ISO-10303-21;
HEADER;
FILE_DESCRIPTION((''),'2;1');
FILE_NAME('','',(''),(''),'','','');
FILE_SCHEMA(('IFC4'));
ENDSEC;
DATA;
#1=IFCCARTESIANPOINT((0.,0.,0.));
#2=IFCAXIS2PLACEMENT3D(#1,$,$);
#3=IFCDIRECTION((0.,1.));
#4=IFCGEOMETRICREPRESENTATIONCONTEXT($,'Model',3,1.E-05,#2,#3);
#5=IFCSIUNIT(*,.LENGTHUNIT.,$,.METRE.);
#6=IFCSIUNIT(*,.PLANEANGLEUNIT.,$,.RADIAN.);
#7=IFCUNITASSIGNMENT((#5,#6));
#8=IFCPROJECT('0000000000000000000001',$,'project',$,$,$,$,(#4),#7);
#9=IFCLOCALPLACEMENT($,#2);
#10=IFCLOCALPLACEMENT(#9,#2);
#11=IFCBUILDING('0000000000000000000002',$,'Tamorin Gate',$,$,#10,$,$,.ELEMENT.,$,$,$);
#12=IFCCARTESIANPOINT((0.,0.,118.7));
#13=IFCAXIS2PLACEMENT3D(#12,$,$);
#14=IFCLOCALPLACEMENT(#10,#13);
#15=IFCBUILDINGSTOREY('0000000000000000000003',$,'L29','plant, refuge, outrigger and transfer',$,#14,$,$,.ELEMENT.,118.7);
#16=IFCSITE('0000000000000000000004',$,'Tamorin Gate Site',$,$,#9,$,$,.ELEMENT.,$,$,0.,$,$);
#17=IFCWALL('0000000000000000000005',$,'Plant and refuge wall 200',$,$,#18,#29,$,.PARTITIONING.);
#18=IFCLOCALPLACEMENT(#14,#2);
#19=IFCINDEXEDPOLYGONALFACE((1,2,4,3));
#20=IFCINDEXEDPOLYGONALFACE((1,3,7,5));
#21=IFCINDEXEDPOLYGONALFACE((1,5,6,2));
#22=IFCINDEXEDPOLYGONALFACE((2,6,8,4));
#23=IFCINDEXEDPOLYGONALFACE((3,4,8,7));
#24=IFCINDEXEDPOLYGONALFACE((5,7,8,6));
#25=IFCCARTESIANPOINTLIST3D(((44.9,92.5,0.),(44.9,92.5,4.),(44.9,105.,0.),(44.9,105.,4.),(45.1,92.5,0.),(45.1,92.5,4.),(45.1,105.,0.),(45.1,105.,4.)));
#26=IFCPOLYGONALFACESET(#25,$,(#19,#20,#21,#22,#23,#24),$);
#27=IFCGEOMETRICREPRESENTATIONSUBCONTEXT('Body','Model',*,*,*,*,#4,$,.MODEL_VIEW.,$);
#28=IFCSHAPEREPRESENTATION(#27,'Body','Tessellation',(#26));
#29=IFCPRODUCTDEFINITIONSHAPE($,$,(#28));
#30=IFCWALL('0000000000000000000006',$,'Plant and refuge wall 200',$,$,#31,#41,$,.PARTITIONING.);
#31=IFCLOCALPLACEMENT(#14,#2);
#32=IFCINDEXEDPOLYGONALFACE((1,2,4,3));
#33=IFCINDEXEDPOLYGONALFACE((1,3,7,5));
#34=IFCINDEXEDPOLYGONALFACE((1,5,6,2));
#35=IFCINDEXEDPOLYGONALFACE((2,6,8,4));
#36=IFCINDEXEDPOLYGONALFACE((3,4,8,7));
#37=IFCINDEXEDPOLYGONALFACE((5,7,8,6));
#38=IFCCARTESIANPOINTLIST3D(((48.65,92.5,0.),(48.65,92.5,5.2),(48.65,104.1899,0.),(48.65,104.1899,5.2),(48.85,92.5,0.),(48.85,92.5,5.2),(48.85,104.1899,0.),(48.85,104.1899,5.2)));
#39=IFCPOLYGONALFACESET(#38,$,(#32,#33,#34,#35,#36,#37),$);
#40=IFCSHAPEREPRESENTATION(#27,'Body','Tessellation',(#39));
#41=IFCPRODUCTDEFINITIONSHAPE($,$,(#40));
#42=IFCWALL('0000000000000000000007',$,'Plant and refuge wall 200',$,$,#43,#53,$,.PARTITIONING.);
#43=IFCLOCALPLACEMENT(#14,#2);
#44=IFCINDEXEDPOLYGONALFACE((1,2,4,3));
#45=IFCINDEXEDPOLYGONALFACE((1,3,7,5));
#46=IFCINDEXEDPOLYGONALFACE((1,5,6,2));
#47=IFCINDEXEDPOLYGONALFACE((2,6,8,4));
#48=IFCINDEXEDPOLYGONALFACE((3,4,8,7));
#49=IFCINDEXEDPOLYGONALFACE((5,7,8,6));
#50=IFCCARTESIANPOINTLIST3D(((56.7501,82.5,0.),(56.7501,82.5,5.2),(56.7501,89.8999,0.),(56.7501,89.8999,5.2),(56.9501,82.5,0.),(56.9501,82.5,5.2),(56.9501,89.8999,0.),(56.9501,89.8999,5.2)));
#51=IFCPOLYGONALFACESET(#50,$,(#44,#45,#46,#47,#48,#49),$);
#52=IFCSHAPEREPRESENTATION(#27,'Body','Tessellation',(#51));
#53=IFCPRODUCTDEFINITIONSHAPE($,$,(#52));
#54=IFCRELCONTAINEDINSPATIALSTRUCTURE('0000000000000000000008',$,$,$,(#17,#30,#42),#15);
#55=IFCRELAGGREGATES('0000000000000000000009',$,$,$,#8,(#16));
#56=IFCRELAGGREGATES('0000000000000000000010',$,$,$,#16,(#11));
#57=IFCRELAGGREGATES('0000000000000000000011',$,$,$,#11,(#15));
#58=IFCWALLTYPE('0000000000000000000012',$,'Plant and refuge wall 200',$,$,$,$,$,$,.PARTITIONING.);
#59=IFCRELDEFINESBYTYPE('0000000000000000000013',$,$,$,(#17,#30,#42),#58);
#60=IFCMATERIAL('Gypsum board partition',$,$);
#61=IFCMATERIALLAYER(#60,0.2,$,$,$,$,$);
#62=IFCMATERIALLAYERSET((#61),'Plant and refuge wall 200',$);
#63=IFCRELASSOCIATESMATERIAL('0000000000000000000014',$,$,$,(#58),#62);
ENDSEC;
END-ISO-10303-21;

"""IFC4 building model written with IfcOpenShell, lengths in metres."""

from ifc_helpers import new_model, si_unit, direction, frame, frame_2d, origin, place, context, subcontext, project, spatial, rectangle, extrude, material, layer, layer_set, type_object, element, save


model = new_model("IFC4")

# Units and contexts
model_context = context("Model", 3, precision=1e-05, world=origin(), true_north=direction((0.0, 1.0)))
body_context = subcontext(model_context, "Body", "Model", "MODEL_VIEW")
ifc_project = project(units=[si_unit("LENGTHUNIT", "METRE"), si_unit("PLANEANGLEUNIT", "RADIAN")], contexts=[model_context])

# Site, building, storey
site_placement = place(None, origin())
site = spatial("IfcSite", under=ifc_project, at=site_placement, Name="Tamorin Gate Site", CompositionType="ELEMENT", RefElevation=0.0)
building_placement = place(site_placement, origin())
building = spatial("IfcBuilding", under=site, at=building_placement, Name="Tamorin Gate", CompositionType="ELEMENT")
storey_placement = place(building_placement, frame((0.0, 0.0, 118.7)))
storey = spatial("IfcBuildingStorey", under=building, at=storey_placement, Name="L29", Description="plant, refuge, outrigger and transfer", CompositionType="ELEMENT", Elevation=118.7)

# Walls
ifc_material_1 = material(Name="Gypsum board partition")
ifc_layer_1 = layer(ifc_material_1, 0.2)
ifc_layer_set_1 = layer_set([ifc_layer_1], Name="Plant and refuge wall 200")
wall_type_1 = type_object("IfcWallType", Name="Plant and refuge wall 200", PredefinedType="PARTITIONING", material=ifc_layer_set_1)
wall_1_placement = place(storey_placement, frame((45.0, 92.5, 0.0), z_axis=(0.0, 0.0, 1.0), x_axis=(0.0, 1.0, 0.0)))
element("IfcWall", 1, at=wall_1_placement, inside=storey, type_object=wall_type_1, Name="Plant and refuge wall 200", PredefinedType="PARTITIONING", context=body_context, shape_type="SweptSolid", body=[
    extrude(rectangle(XDim=12.5, YDim=0.2, at=frame_2d((6.25, 0.0))), origin(), (0.0, 0.0, 1.0), 4.0),
])
wall_2_placement = place(storey_placement, frame((48.75, 92.5, 0.0), z_axis=(0.0, 0.0, 1.0), x_axis=(0.0, 1.0, 0.0)))
element("IfcWall", 2, at=wall_2_placement, inside=storey, type_object=wall_type_1, Name="Plant and refuge wall 200", PredefinedType="PARTITIONING", context=body_context, shape_type="SweptSolid", body=[
    extrude(rectangle(XDim=11.6899, YDim=0.2, at=frame_2d((5.845, 0.0))), origin(), (0.0, 0.0, 1.0), 5.2),
])
wall_3_placement = place(storey_placement, frame((56.8501, 82.5, 0.0), z_axis=(0.0, 0.0, 1.0), x_axis=(0.0, 1.0, 0.0)))
element("IfcWall", 3, at=wall_3_placement, inside=storey, type_object=wall_type_1, Name="Plant and refuge wall 200", PredefinedType="PARTITIONING", context=body_context, shape_type="SweptSolid", body=[
    extrude(rectangle(XDim=7.3999, YDim=0.2, at=frame_2d((3.7, 0.0))), origin(), (0.0, 0.0, 1.0), 5.2),
])

save(model, "model.ifc")
